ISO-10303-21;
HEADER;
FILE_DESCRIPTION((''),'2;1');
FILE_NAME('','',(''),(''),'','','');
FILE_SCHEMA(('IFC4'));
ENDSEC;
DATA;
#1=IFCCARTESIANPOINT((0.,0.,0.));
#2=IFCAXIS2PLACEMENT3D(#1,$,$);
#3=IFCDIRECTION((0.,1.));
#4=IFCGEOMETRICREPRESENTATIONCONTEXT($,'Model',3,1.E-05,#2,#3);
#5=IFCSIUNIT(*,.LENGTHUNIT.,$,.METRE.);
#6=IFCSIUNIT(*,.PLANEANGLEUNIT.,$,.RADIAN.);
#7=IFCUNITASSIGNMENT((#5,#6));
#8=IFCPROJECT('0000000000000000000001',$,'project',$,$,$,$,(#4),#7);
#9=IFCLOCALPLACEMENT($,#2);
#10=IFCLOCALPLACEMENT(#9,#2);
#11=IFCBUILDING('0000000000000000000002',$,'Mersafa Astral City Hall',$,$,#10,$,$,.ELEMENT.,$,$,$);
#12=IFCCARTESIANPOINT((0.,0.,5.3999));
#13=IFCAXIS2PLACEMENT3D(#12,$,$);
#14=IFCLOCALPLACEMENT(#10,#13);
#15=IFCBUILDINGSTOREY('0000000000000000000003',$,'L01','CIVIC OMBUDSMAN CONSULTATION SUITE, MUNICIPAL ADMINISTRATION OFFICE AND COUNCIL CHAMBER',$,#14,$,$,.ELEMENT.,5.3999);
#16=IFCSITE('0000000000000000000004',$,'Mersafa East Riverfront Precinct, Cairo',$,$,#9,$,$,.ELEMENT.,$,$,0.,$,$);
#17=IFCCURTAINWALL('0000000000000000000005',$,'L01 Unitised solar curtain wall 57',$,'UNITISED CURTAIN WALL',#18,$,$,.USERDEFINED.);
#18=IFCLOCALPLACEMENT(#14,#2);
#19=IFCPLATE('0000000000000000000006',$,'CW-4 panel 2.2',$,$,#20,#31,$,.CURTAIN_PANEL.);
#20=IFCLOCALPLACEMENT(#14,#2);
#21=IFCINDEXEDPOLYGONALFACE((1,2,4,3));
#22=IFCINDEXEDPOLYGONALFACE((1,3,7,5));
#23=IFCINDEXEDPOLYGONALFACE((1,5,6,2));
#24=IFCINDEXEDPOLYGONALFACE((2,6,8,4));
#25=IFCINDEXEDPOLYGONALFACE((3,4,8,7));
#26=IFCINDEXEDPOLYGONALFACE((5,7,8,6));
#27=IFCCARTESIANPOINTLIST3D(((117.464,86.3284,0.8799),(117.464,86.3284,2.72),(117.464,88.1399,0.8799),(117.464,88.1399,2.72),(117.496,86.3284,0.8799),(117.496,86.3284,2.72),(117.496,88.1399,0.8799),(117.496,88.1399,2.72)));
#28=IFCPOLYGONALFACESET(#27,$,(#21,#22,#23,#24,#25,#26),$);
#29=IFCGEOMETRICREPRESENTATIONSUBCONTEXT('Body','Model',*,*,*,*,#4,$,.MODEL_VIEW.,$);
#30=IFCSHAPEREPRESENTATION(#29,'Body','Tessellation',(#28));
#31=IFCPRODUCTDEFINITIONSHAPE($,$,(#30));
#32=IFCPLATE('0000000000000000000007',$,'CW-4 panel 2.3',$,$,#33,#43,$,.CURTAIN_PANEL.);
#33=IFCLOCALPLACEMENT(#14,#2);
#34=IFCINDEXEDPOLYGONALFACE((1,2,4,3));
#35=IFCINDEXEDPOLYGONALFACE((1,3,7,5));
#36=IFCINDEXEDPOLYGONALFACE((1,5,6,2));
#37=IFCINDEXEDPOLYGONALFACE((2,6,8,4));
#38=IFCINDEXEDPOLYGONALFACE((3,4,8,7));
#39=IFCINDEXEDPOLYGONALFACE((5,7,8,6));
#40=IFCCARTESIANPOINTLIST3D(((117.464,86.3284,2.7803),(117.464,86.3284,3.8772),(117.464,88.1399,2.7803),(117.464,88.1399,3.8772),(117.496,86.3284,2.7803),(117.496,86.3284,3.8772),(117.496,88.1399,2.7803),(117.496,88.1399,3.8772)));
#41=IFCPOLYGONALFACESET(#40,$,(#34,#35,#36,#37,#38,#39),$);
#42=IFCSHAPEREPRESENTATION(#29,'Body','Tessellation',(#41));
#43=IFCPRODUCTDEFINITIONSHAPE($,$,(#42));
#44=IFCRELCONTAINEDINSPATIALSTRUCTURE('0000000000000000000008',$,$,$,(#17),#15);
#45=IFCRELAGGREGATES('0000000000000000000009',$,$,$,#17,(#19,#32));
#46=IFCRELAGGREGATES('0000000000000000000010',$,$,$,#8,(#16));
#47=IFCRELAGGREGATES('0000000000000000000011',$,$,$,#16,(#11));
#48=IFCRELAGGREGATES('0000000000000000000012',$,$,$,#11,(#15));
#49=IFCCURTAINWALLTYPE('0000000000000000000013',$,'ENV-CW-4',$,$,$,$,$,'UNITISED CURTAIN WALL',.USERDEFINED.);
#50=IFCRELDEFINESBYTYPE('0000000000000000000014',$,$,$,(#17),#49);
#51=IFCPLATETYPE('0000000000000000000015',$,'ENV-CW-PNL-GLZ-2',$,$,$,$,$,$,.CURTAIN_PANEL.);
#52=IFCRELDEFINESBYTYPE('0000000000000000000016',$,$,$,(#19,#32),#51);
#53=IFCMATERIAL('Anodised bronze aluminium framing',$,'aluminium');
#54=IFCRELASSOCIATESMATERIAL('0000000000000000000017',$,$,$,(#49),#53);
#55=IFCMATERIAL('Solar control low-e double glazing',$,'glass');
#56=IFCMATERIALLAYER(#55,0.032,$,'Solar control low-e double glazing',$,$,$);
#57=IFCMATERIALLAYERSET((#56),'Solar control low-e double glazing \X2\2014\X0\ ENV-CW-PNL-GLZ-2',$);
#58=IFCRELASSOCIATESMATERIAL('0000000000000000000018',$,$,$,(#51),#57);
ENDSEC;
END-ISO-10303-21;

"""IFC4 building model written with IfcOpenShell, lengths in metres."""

from ifc_helpers import new_model, si_unit, direction, frame, origin, origin_2d, place, context, subcontext, project, spatial, rectangle, extrude, material, layer, layer_set, type_object, element, aggregate, save


model = new_model("IFC4")

# Units and contexts
model_context = context("Model", 3, precision=1e-05, world=origin(), true_north=direction((0.0, 1.0)))
body_context = subcontext(model_context, "Body", "Model", "MODEL_VIEW")
ifc_project = project(units=[si_unit("LENGTHUNIT", "METRE"), si_unit("PLANEANGLEUNIT", "RADIAN")], contexts=[model_context])

# Site, building, storey
site_placement = place(None, origin())
site = spatial("IfcSite", under=ifc_project, at=site_placement, Name="Mersafa East Riverfront Precinct, Cairo", CompositionType="ELEMENT", RefElevation=0.0)
building_placement = place(site_placement, origin())
building = spatial("IfcBuilding", under=site, at=building_placement, Name="Mersafa Astral City Hall", CompositionType="ELEMENT")
storey_placement = place(building_placement, frame((0.0, 0.0, 5.3999)))
storey = spatial("IfcBuildingStorey", under=building, at=storey_placement, Name="L01", Description="CIVIC OMBUDSMAN CONSULTATION SUITE, MUNICIPAL ADMINISTRATION OFFICE AND COUNCIL CHAMBER", CompositionType="ELEMENT", Elevation=5.3999)

# Curtain wall
ifc_material_1 = material(Name="Anodised bronze aluminium framing", Category="aluminium")
curtain_wall_type_1 = type_object("IfcCurtainWallType", Name="ENV-CW-4", ElementType="UNITISED CURTAIN WALL", PredefinedType="USERDEFINED", material=ifc_material_1)
curtain_wall_1_placement = place(storey_placement, origin())
curtain_wall_1 = element("IfcCurtainWall", 1, at=curtain_wall_1_placement, inside=storey, type_object=curtain_wall_type_1, Name="L01 Unitised solar curtain wall 57", ObjectType="UNITISED CURTAIN WALL", PredefinedType="USERDEFINED")

# Plates
ifc_material_2 = material(Name="Solar control low-e double glazing", Category="glass")
ifc_layer_1 = layer(ifc_material_2, 0.032, Name="Solar control low-e double glazing")
ifc_layer_set_1 = layer_set([ifc_layer_1], Name="Solar control low-e double glazing — ENV-CW-PNL-GLZ-2")
plate_type_1 = type_object("IfcPlateType", Name="ENV-CW-PNL-GLZ-2", PredefinedType="CURTAIN_PANEL", material=ifc_layer_set_1)
plate_1_placement = place(storey_placement, frame((117.48, 87.2341, 0.8799), z_axis=(0.0, 0.0, 1.0), x_axis=(0.0, 1.0, 0.0)))
plate_1 = element("IfcPlate", 2, at=plate_1_placement, type_object=plate_type_1, Name="CW-4 panel 2.2", PredefinedType="CURTAIN_PANEL", context=body_context, shape_type="SweptSolid", body=[
    extrude(rectangle(XDim=1.8115, YDim=0.032, at=origin_2d()), origin(), (0.0, 0.0, 1.0), 1.8401),
])
plate_2_placement = place(storey_placement, frame((117.48, 87.2341, 2.7803), z_axis=(0.0, 0.0, 1.0), x_axis=(0.0, 1.0, 0.0)))
plate_2 = element("IfcPlate", 3, at=plate_2_placement, type_object=plate_type_1, Name="CW-4 panel 2.3", PredefinedType="CURTAIN_PANEL", context=body_context, shape_type="SweptSolid", body=[
    extrude(rectangle(XDim=1.8115, YDim=0.032, at=origin_2d()), origin(), (0.0, 0.0, 1.0), 1.0969),
])
aggregate(curtain_wall_1, [plate_1, plate_2])

save(model, "model.ifc")
